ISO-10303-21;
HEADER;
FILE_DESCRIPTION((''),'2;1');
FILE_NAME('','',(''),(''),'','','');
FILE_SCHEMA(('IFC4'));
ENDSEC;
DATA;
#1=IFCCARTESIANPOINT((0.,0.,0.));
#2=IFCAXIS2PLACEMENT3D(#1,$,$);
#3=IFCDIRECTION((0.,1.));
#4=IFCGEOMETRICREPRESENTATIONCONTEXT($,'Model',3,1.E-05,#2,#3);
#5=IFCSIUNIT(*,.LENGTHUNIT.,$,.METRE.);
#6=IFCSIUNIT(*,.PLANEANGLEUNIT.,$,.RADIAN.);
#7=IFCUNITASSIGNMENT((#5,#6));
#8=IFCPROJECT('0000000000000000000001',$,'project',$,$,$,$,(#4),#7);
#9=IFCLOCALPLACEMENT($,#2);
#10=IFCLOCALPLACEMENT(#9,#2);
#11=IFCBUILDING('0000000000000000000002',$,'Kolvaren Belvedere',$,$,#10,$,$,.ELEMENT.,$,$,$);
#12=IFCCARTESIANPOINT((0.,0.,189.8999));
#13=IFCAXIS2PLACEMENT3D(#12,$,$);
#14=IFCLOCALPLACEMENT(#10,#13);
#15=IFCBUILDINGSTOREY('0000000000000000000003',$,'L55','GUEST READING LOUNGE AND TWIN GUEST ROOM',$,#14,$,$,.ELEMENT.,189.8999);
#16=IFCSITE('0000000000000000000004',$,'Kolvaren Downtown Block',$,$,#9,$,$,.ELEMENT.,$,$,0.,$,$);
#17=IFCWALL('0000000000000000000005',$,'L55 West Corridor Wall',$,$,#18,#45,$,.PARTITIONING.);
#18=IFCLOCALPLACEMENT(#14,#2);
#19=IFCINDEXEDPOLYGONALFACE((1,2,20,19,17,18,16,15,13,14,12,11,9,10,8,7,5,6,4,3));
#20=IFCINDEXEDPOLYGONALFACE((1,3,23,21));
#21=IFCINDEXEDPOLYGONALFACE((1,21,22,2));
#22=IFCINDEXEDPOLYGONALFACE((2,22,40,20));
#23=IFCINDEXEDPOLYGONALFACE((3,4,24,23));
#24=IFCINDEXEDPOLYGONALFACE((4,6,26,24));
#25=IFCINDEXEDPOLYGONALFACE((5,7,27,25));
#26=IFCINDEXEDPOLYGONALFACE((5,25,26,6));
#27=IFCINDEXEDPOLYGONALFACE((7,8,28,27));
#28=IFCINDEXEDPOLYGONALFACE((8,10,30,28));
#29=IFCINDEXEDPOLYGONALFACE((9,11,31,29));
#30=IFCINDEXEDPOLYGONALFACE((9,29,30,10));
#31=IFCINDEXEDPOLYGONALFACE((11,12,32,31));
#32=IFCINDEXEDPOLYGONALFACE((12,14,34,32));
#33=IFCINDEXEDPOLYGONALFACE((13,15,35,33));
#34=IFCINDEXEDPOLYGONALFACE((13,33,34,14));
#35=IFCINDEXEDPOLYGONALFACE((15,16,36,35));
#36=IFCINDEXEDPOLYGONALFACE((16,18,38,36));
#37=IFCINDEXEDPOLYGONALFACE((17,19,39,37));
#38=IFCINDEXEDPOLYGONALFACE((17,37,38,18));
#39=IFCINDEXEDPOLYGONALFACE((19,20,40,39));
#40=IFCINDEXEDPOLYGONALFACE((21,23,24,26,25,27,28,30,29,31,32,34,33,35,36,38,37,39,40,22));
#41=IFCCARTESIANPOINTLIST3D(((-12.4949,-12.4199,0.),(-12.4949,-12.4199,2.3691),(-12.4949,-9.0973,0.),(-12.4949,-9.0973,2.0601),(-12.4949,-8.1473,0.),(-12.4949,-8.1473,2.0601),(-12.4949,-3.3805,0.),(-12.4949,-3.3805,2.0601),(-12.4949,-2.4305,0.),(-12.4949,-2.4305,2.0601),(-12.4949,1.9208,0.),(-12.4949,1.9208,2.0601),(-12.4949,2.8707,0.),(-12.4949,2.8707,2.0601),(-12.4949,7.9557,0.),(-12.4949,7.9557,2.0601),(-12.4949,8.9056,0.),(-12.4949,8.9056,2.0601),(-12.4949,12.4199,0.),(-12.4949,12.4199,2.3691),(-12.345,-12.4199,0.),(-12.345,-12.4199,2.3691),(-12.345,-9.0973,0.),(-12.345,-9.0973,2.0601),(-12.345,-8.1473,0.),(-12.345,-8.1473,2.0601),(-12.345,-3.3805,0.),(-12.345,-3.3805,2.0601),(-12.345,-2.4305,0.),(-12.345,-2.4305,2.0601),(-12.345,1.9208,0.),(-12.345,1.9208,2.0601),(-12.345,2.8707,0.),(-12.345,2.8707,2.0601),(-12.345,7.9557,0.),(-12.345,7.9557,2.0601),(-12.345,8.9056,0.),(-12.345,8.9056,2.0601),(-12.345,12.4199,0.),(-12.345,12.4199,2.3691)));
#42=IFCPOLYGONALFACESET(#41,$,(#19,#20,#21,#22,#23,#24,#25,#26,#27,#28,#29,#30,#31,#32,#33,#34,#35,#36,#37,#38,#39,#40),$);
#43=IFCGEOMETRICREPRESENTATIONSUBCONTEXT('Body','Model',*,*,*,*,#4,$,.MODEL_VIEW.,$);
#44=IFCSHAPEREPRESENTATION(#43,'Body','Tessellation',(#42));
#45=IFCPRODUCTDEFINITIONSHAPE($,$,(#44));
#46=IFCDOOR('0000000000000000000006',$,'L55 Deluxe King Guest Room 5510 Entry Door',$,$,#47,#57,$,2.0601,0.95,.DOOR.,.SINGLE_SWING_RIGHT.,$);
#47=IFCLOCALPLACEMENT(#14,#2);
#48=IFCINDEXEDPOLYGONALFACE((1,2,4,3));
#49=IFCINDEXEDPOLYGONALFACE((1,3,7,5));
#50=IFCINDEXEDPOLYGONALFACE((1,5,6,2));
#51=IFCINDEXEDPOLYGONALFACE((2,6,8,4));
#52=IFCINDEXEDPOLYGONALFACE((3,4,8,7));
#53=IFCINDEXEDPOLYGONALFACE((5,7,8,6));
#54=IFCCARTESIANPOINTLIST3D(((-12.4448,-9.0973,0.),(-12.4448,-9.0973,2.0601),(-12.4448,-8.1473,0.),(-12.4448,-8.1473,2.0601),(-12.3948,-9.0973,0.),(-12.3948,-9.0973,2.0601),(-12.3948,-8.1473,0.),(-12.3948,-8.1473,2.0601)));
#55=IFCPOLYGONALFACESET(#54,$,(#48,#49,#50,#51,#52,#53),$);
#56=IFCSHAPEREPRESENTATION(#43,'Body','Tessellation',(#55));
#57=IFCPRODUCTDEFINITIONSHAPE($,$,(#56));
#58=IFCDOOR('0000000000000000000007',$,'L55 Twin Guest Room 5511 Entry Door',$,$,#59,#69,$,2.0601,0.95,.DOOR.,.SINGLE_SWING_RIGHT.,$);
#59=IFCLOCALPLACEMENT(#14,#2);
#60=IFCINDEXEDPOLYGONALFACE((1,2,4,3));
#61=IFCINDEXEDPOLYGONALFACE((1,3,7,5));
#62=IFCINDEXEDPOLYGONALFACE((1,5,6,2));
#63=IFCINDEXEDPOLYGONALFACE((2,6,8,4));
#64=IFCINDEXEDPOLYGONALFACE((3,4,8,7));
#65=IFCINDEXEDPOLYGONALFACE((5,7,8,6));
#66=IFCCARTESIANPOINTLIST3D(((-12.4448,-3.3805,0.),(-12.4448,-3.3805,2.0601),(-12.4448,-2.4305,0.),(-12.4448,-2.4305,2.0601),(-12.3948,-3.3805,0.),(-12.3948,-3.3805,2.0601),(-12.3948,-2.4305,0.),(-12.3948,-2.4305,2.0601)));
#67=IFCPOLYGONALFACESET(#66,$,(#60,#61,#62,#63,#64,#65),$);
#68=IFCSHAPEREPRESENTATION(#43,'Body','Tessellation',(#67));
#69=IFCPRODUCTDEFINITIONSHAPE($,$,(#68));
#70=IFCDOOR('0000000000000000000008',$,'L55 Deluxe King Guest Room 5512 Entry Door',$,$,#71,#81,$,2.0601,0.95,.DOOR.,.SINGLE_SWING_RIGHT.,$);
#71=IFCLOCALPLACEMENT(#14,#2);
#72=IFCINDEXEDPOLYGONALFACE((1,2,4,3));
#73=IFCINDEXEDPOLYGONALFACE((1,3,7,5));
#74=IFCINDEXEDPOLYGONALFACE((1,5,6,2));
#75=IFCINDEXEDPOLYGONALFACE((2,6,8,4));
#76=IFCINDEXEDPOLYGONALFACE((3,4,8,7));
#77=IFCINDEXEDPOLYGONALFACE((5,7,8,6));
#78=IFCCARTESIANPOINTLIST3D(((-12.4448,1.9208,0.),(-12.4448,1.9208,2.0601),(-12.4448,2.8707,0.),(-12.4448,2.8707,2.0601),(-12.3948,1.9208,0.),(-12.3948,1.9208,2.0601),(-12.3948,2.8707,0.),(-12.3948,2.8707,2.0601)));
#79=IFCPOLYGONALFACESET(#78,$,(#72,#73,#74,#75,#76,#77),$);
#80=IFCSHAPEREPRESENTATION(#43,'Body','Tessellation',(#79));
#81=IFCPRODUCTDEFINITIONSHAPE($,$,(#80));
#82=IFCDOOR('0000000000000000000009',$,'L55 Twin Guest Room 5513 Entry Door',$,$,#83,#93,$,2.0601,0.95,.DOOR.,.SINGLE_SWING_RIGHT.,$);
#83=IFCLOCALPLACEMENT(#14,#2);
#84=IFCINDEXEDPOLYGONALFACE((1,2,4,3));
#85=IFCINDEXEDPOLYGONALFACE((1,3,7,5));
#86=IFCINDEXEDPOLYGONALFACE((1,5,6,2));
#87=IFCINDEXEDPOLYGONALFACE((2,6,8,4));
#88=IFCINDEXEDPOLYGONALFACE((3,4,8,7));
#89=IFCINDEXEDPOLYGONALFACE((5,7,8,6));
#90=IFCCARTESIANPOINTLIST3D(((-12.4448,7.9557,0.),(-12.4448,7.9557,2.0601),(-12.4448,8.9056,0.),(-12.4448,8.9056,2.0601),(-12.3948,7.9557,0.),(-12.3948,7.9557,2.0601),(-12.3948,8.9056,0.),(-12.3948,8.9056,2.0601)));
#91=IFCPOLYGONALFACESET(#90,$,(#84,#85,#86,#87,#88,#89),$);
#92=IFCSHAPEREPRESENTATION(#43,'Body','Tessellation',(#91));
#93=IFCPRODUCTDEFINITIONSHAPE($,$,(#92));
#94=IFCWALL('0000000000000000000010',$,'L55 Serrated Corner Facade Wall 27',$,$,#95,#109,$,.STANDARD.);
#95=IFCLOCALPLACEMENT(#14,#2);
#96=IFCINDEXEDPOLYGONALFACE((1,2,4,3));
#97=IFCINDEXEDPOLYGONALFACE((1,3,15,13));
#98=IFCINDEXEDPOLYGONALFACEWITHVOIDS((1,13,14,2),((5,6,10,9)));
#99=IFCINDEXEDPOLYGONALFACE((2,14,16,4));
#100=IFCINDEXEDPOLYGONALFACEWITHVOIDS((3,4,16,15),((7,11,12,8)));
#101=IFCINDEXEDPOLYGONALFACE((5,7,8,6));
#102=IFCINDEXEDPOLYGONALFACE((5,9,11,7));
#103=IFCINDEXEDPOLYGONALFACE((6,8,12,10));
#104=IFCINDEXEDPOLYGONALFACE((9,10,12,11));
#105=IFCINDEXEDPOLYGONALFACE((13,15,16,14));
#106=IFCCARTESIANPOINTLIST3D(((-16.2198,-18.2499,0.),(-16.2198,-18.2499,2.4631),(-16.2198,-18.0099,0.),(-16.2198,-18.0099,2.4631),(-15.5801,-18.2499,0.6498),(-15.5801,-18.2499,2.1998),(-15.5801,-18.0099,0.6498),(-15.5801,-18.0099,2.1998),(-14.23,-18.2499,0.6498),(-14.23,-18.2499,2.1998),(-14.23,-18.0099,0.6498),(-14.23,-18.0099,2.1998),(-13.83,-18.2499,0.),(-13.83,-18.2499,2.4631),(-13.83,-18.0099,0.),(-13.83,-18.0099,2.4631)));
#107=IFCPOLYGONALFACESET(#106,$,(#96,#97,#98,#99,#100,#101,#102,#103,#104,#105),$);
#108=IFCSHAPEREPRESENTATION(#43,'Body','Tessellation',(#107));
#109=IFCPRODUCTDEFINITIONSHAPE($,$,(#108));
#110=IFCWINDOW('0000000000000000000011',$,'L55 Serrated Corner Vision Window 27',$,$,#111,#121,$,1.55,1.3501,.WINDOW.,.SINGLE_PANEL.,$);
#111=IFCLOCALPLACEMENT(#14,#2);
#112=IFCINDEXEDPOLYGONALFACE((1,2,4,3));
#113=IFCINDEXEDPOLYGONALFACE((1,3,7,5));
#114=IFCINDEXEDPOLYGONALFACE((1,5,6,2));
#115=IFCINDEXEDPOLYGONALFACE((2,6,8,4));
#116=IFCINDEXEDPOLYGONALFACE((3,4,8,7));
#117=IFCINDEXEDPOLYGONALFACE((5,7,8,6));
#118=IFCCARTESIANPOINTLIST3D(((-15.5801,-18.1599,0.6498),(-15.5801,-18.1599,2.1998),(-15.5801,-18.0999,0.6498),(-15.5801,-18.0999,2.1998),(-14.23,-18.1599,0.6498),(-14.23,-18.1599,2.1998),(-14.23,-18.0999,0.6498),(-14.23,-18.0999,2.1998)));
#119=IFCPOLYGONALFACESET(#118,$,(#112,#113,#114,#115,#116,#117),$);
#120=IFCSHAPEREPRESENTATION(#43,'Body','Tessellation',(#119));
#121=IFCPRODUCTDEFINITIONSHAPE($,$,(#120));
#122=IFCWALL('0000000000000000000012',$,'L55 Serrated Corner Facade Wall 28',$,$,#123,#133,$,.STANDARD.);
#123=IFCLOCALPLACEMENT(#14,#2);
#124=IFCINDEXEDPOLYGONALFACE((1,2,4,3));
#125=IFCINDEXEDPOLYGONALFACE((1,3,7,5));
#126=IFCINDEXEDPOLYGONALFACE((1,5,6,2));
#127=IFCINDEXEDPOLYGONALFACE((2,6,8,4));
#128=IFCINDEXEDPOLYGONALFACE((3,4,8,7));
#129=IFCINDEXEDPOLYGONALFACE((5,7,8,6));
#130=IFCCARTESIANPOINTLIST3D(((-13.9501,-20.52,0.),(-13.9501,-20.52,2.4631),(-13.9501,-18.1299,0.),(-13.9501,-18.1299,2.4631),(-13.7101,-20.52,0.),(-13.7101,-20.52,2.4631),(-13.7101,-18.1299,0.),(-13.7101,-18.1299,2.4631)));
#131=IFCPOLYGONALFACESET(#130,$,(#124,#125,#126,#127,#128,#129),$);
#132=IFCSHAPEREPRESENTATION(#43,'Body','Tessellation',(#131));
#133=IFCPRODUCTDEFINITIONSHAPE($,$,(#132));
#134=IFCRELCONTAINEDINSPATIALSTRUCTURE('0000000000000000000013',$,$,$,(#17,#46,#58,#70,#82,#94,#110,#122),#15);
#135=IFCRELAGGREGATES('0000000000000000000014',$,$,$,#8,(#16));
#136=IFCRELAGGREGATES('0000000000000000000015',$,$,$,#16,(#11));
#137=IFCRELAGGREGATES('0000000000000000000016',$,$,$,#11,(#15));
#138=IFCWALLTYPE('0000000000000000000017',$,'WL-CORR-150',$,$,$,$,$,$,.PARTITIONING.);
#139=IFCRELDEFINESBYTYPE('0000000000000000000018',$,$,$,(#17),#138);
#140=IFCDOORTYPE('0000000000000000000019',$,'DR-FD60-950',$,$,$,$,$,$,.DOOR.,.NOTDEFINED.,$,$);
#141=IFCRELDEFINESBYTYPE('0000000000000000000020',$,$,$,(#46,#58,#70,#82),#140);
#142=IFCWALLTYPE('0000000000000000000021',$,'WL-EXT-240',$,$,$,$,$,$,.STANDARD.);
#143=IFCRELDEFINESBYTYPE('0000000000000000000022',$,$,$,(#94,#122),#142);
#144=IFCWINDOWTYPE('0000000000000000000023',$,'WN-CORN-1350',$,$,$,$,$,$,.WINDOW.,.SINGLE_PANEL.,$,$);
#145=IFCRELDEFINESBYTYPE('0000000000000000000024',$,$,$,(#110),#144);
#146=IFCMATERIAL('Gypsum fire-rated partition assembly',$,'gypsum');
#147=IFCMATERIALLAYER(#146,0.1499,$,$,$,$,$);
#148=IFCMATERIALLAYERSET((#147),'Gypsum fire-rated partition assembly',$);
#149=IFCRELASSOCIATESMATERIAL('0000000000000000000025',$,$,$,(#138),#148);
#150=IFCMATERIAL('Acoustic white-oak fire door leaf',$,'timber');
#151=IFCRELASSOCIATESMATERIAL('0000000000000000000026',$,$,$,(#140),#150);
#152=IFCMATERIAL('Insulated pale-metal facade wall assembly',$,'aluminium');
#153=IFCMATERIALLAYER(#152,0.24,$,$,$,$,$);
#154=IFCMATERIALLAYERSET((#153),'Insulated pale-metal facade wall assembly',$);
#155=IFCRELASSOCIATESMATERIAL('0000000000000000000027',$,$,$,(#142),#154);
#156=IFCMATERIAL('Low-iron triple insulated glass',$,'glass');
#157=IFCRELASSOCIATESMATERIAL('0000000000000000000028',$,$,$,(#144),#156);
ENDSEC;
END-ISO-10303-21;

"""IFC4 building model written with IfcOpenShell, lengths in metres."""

from ifc_helpers import new_model, si_unit, direction, frame, frame_2d, origin, place, context, subcontext, project, spatial, rectangle, extrude, material, layer, layer_set, type_object, element, fill, save


model = new_model("IFC4")

# Units and contexts
model_context = context("Model", 3, precision=1e-05, world=origin(), true_north=direction((0.0, 1.0)))
body_context = subcontext(model_context, "Body", "Model", "MODEL_VIEW")
ifc_project = project(units=[si_unit("LENGTHUNIT", "METRE"), si_unit("PLANEANGLEUNIT", "RADIAN")], contexts=[model_context])

# Site, building, storey
site_placement = place(None, origin())
site = spatial("IfcSite", under=ifc_project, at=site_placement, Name="Kolvaren Downtown Block", CompositionType="ELEMENT", RefElevation=0.0)
building_placement = place(site_placement, origin())
building = spatial("IfcBuilding", under=site, at=building_placement, Name="Kolvaren Belvedere", CompositionType="ELEMENT")
storey_placement = place(building_placement, frame((0.0, 0.0, 189.8999)))
storey = spatial("IfcBuildingStorey", under=building, at=storey_placement, Name="L55", Description="GUEST READING LOUNGE AND TWIN GUEST ROOM", CompositionType="ELEMENT", Elevation=189.8999)

# Wall, openings, doors
ifc_material_1 = material(Name="Gypsum fire-rated partition assembly", Category="gypsum")
ifc_layer_1 = layer(ifc_material_1, 0.1499)
ifc_layer_set_1 = layer_set([ifc_layer_1], Name="Gypsum fire-rated partition assembly")
wall_type_1 = type_object("IfcWallType", Name="WL-CORR-150", PredefinedType="PARTITIONING", material=ifc_layer_set_1)
wall_1_placement = place(storey_placement, frame((-12.4199, -12.4199, 0.0), z_axis=(0.0, 0.0, 1.0), x_axis=(0.0, 1.0, 0.0)))
wall_1 = element("IfcWall", 1, at=wall_1_placement, inside=storey, type_object=wall_type_1, Name="L55 West Corridor Wall", PredefinedType="PARTITIONING", context=body_context, shape_type="SweptSolid", body=[
    extrude(rectangle(XDim=24.8398, YDim=0.1499, at=frame_2d((12.4199, 0.0))), origin(), (0.0, 0.0, 1.0), 2.3691),
])
opening_1_placement = place(wall_1_placement, frame((3.3225, 0.0, 0.0)))
opening_1 = element("IfcOpeningElement", 2, at=opening_1_placement, cuts=wall_1, PredefinedType="OPENING", context=body_context, shape_type="SweptSolid", body=[
    extrude(rectangle(XDim=0.95, YDim=2.0601, at=frame_2d((0.4751, 1.03))), frame((0.0, 0.085, 0.0), z_axis=(0.0, -1.0, 0.0), x_axis=(1.0, 0.0, 0.0)), (0.0, 0.0, 1.0), 0.1699),
])
opening_2_placement = place(wall_1_placement, frame((9.0393, 0.0, 0.0)))
opening_2 = element("IfcOpeningElement", 3, at=opening_2_placement, cuts=wall_1, PredefinedType="OPENING", context=body_context, shape_type="SweptSolid", body=[
    extrude(rectangle(XDim=0.95, YDim=2.0601, at=frame_2d((0.4751, 1.03))), frame((0.0, 0.085, 0.0), z_axis=(0.0, -1.0, 0.0), x_axis=(1.0, 0.0, 0.0)), (0.0, 0.0, 1.0), 0.1699),
])
opening_3_placement = place(wall_1_placement, frame((14.3406, 0.0, 0.0)))
opening_3 = element("IfcOpeningElement", 4, at=opening_3_placement, cuts=wall_1, PredefinedType="OPENING", context=body_context, shape_type="SweptSolid", body=[
    extrude(rectangle(XDim=0.95, YDim=2.0601, at=frame_2d((0.4751, 1.03))), frame((0.0, 0.085, 0.0), z_axis=(0.0, -1.0, 0.0), x_axis=(1.0, 0.0, 0.0)), (0.0, 0.0, 1.0), 0.1699),
])
opening_4_placement = place(wall_1_placement, frame((20.3755, 0.0, 0.0)))
opening_4 = element("IfcOpeningElement", 5, at=opening_4_placement, cuts=wall_1, PredefinedType="OPENING", context=body_context, shape_type="SweptSolid", body=[
    extrude(rectangle(XDim=0.95, YDim=2.0601, at=frame_2d((0.4751, 1.03))), frame((0.0, 0.085, 0.0), z_axis=(0.0, -1.0, 0.0), x_axis=(1.0, 0.0, 0.0)), (0.0, 0.0, 1.0), 0.1699),
])
ifc_material_2 = material(Name="Acoustic white-oak fire door leaf", Category="timber")
door_type_1 = type_object("IfcDoorType", Name="DR-FD60-950", OperationType="NOTDEFINED", PredefinedType="DOOR", material=ifc_material_2)
door_1_placement = place(opening_1_placement, origin())
door_1 = element("IfcDoor", 6, at=door_1_placement, inside=storey, type_object=door_type_1, Name="L55 Deluxe King Guest Room 5510 Entry Door", OperationType="SINGLE_SWING_RIGHT", OverallHeight=2.0601, OverallWidth=0.95, PredefinedType="DOOR", context=body_context, shape_type="SweptSolid", body=[
    extrude(rectangle(XDim=0.95, YDim=2.0601, at=frame_2d((0.4751, 1.03))), frame((0.0, 0.0249, 0.0), z_axis=(0.0, -1.0, 0.0), x_axis=(1.0, 0.0, 0.0)), (0.0, 0.0, 1.0), 0.05),
])
fill(opening_1, door_1)
door_2_placement = place(opening_2_placement, origin())
door_2 = element("IfcDoor", 7, at=door_2_placement, inside=storey, type_object=door_type_1, Name="L55 Twin Guest Room 5511 Entry Door", OperationType="SINGLE_SWING_RIGHT", OverallHeight=2.0601, OverallWidth=0.95, PredefinedType="DOOR", context=body_context, shape_type="SweptSolid", body=[
    extrude(rectangle(XDim=0.95, YDim=2.0601, at=frame_2d((0.4751, 1.03))), frame((0.0, 0.0249, 0.0), z_axis=(0.0, -1.0, 0.0), x_axis=(1.0, 0.0, 0.0)), (0.0, 0.0, 1.0), 0.05),
])
fill(opening_2, door_2)
door_3_placement = place(opening_3_placement, origin())
door_3 = element("IfcDoor", 8, at=door_3_placement, inside=storey, type_object=door_type_1, Name="L55 Deluxe King Guest Room 5512 Entry Door", OperationType="SINGLE_SWING_RIGHT", OverallHeight=2.0601, OverallWidth=0.95, PredefinedType="DOOR", context=body_context, shape_type="SweptSolid", body=[
    extrude(rectangle(XDim=0.95, YDim=2.0601, at=frame_2d((0.4751, 1.03))), frame((0.0, 0.0249, 0.0), z_axis=(0.0, -1.0, 0.0), x_axis=(1.0, 0.0, 0.0)), (0.0, 0.0, 1.0), 0.05),
])
fill(opening_3, door_3)
door_4_placement = place(opening_4_placement, origin())
door_4 = element("IfcDoor", 9, at=door_4_placement, inside=storey, type_object=door_type_1, Name="L55 Twin Guest Room 5513 Entry Door", OperationType="SINGLE_SWING_RIGHT", OverallHeight=2.0601, OverallWidth=0.95, PredefinedType="DOOR", context=body_context, shape_type="SweptSolid", body=[
    extrude(rectangle(XDim=0.95, YDim=2.0601, at=frame_2d((0.4751, 1.03))), frame((0.0, 0.0249, 0.0), z_axis=(0.0, -1.0, 0.0), x_axis=(1.0, 0.0, 0.0)), (0.0, 0.0, 1.0), 0.05),
])
fill(opening_4, door_4)

# Wall, opening, window
ifc_material_3 = material(Name="Insulated pale-metal facade wall assembly", Category="aluminium")
ifc_layer_2 = layer(ifc_material_3, 0.24)
ifc_layer_set_2 = layer_set([ifc_layer_2], Name="Insulated pale-metal facade wall assembly")
wall_type_2 = type_object("IfcWallType", Name="WL-EXT-240", PredefinedType="STANDARD", material=ifc_layer_set_2)
wall_2_placement = place(storey_placement, frame((-13.8301, -18.1299, 0.0), z_axis=(0.0, 0.0, 1.0), x_axis=(-1.0, 0.0, 0.0)))
wall_2 = element("IfcWall", 10, at=wall_2_placement, inside=storey, type_object=wall_type_2, Name="L55 Serrated Corner Facade Wall 27", PredefinedType="STANDARD", context=body_context, shape_type="SweptSolid", body=[
    extrude(rectangle(XDim=2.3899, YDim=0.24, at=frame_2d((1.1948, 0.0))), origin(), (0.0, 0.0, 1.0), 2.4631),
])
opening_5_placement = place(wall_2_placement, frame((0.3999, 0.0, 0.6499)))
opening_5 = element("IfcOpeningElement", 11, at=opening_5_placement, cuts=wall_2, PredefinedType="OPENING", context=body_context, shape_type="SweptSolid", body=[
    extrude(rectangle(XDim=1.3501, YDim=1.55, at=frame_2d((0.675, 0.7749))), frame((0.0, 0.1299, 0.0), z_axis=(0.0, -1.0, 0.0), x_axis=(1.0, 0.0, 0.0)), (0.0, 0.0, 1.0), 0.26),
])
ifc_material_4 = material(Name="Low-iron triple insulated glass", Category="glass")
window_type = type_object("IfcWindowType", Name="WN-CORN-1350", PartitioningType="SINGLE_PANEL", PredefinedType="WINDOW", material=ifc_material_4)
window_placement = place(opening_5_placement, origin())
window = element("IfcWindow", 12, at=window_placement, inside=storey, type_object=window_type, Name="L55 Serrated Corner Vision Window 27", OverallHeight=1.55, OverallWidth=1.3501, PartitioningType="SINGLE_PANEL", PredefinedType="WINDOW", context=body_context, shape_type="SweptSolid", body=[
    extrude(rectangle(XDim=1.3501, YDim=1.55, at=frame_2d((0.675, 0.7749))), frame((0.0, 0.03, 0.0), z_axis=(0.0, -1.0, 0.0), x_axis=(1.0, 0.0, 0.0)), (0.0, 0.0, 1.0), 0.0601),
])
fill(opening_5, window)

# Wall
wall_3_placement = place(storey_placement, frame((-13.8301, -20.52, 0.0), z_axis=(0.0, 0.0, 1.0), x_axis=(0.0, 1.0, 0.0)))
element("IfcWall", 13, at=wall_3_placement, inside=storey, type_object=wall_type_2, Name="L55 Serrated Corner Facade Wall 28", PredefinedType="STANDARD", context=body_context, shape_type="SweptSolid", body=[
    extrude(rectangle(XDim=2.3901, YDim=0.24, at=frame_2d((1.1951, 0.0))), origin(), (0.0, 0.0, 1.0), 2.4631),
])

save(model, "model.ifc")
